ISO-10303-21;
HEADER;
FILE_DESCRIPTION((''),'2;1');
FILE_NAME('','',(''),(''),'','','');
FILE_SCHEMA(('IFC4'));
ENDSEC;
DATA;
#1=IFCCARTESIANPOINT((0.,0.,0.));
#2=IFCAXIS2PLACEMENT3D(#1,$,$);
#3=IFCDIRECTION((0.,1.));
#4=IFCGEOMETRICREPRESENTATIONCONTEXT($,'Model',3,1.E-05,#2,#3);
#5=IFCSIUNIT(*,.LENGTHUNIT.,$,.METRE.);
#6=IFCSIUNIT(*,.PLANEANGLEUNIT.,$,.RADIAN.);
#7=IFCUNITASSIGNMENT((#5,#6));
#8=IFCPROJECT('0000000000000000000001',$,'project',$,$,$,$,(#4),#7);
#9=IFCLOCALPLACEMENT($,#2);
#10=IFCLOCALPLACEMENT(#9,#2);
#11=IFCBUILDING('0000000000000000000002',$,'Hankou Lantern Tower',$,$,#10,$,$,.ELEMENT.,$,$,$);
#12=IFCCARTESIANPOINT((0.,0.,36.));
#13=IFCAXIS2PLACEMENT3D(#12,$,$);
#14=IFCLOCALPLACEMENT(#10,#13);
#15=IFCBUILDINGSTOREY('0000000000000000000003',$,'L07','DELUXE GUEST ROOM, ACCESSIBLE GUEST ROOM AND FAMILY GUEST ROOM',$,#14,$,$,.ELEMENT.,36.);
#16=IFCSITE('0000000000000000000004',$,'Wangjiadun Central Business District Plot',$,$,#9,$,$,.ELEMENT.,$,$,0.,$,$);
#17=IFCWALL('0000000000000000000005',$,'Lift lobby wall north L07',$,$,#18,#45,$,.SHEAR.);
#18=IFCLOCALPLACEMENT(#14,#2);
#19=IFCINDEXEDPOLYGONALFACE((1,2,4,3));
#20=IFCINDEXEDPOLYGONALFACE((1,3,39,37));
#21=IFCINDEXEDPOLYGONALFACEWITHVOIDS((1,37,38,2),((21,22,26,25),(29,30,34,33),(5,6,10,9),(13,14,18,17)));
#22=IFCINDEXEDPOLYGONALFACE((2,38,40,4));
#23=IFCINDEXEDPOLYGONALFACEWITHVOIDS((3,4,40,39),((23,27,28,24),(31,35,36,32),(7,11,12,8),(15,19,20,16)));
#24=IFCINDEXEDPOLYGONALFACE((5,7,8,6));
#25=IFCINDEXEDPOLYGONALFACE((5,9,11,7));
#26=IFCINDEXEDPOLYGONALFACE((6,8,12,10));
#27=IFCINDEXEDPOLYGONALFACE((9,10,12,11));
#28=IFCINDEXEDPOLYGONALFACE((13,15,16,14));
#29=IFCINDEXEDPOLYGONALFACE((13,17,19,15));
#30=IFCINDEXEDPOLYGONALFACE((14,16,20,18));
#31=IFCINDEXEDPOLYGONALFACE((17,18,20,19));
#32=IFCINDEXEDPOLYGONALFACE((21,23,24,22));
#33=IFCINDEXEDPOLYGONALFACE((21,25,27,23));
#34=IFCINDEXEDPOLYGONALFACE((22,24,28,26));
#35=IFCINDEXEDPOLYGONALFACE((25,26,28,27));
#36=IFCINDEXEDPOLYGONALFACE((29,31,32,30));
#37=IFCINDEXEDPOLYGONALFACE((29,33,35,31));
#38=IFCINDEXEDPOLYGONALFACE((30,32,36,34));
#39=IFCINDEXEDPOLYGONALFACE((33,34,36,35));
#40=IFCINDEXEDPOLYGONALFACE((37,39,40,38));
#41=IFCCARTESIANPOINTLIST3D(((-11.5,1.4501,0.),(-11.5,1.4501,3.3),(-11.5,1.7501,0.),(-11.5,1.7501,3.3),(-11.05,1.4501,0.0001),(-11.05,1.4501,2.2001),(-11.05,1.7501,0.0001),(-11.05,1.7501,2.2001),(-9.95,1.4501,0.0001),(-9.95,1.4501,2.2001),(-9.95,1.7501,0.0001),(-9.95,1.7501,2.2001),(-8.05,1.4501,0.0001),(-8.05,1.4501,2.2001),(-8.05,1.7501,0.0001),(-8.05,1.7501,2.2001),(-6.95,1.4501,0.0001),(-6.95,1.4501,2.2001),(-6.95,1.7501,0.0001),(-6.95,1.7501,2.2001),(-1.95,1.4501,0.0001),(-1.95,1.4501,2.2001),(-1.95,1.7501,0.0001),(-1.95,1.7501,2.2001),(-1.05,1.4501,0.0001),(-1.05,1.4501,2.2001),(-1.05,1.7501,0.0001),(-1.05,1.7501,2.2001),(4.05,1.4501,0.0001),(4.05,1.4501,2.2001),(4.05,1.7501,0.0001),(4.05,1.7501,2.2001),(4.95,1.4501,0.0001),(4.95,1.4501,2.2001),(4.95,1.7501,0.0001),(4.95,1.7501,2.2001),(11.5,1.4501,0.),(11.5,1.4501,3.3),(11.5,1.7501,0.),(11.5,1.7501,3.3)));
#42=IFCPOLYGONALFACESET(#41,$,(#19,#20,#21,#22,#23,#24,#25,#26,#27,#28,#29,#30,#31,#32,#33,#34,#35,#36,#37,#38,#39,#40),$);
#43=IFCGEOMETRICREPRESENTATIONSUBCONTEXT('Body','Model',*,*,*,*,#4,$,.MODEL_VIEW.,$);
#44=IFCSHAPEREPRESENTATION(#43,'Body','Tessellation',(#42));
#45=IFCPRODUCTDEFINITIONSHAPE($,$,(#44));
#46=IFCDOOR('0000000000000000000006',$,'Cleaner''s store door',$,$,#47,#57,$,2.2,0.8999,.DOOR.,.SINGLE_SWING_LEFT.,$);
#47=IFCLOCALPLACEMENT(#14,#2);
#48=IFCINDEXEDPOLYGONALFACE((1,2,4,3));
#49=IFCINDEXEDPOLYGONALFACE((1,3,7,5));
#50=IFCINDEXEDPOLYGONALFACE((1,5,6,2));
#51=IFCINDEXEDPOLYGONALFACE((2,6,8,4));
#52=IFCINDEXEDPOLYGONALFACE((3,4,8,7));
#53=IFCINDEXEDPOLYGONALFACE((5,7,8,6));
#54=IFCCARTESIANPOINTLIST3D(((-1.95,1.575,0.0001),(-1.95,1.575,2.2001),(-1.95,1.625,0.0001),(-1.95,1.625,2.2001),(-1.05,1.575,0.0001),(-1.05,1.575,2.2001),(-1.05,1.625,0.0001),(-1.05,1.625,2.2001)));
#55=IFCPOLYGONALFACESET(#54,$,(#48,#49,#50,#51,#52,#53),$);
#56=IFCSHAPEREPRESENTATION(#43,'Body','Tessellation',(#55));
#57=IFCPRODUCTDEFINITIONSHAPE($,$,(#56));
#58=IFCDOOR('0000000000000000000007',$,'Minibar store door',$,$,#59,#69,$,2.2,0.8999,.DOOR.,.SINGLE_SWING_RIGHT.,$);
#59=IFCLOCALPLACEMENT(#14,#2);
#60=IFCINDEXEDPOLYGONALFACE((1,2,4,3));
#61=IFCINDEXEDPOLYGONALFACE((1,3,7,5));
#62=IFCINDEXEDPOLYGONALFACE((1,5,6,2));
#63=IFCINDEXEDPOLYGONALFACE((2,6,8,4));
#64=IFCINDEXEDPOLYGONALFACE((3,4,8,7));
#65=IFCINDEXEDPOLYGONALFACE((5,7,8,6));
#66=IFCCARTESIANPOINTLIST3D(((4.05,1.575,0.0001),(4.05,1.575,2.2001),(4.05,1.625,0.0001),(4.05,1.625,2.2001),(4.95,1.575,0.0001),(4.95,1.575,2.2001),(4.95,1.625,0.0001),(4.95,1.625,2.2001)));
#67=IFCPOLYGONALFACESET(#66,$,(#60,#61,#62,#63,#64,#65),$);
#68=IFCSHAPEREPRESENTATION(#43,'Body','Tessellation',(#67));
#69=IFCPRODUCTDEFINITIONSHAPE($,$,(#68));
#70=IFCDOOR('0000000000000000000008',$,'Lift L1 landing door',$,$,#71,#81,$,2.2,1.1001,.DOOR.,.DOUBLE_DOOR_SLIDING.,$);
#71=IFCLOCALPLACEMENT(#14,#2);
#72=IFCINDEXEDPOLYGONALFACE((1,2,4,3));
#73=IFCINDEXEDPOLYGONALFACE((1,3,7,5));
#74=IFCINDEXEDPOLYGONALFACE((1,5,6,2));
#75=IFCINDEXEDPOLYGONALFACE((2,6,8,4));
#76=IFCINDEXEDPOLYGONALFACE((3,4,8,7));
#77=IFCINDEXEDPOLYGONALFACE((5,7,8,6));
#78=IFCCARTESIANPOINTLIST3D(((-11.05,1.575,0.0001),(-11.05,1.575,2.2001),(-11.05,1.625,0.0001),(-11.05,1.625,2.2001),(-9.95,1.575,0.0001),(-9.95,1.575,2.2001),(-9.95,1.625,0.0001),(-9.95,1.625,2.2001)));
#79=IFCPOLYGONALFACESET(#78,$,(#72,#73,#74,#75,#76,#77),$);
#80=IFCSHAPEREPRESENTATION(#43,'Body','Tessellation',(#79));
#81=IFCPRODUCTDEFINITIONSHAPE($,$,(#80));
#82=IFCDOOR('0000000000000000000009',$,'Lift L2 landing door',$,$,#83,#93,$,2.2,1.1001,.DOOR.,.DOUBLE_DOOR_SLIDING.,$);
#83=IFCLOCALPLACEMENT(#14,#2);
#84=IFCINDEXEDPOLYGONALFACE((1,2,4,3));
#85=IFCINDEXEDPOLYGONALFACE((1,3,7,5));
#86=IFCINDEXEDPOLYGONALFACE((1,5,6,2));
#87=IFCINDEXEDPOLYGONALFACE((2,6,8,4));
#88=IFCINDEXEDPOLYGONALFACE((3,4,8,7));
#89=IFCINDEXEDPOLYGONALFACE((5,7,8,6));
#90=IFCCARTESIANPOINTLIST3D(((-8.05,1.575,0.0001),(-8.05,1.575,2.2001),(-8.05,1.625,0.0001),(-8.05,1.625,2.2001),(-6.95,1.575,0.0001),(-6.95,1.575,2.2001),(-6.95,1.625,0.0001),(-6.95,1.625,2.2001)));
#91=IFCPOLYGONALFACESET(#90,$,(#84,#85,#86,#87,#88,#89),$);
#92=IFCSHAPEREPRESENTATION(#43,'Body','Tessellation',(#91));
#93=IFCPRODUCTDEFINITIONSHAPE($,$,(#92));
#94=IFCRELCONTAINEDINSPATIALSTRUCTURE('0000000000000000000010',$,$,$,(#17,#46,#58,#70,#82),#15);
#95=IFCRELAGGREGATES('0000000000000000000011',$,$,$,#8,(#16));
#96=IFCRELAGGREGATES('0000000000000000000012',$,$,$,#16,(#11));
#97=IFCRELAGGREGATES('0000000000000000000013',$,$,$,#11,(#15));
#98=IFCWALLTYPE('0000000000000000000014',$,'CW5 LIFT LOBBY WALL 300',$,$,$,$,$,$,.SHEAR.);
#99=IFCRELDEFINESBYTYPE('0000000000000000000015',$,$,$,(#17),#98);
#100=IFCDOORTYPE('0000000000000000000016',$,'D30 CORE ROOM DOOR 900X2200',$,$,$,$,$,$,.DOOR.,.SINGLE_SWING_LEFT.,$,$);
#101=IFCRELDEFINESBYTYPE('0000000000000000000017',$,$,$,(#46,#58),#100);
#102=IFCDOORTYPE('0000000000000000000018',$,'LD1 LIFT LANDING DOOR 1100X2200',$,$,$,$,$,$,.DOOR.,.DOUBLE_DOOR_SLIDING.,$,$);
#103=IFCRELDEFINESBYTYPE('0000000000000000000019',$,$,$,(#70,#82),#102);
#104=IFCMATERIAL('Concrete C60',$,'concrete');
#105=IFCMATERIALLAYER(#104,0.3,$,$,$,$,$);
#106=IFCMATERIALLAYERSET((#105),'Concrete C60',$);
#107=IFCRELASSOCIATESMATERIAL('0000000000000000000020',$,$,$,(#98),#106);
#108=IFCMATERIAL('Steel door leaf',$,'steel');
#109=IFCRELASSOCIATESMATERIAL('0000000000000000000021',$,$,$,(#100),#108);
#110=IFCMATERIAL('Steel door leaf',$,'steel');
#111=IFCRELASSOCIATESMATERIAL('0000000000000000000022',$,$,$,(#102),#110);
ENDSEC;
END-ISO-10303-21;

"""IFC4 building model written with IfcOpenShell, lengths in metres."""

from ifc_helpers import new_model, si_unit, direction, frame, frame_2d, origin, place, context, subcontext, project, spatial, rectangle, extrude, material, layer, layer_set, type_object, element, fill, save


model = new_model("IFC4")

# Units and contexts
model_context = context("Model", 3, precision=1e-05, world=origin(), true_north=direction((0.0, 1.0)))
body_context = subcontext(model_context, "Body", "Model", "MODEL_VIEW")
ifc_project = project(units=[si_unit("LENGTHUNIT", "METRE"), si_unit("PLANEANGLEUNIT", "RADIAN")], contexts=[model_context])

# Site, building, storey
site_placement = place(None, origin())
site = spatial("IfcSite", under=ifc_project, at=site_placement, Name="Wangjiadun Central Business District Plot", CompositionType="ELEMENT", RefElevation=0.0)
building_placement = place(site_placement, origin())
building = spatial("IfcBuilding", under=site, at=building_placement, Name="Hankou Lantern Tower", CompositionType="ELEMENT")
storey_placement = place(building_placement, frame((0.0, 0.0, 36.0)))
storey = spatial("IfcBuildingStorey", under=building, at=storey_placement, Name="L07", Description="DELUXE GUEST ROOM, ACCESSIBLE GUEST ROOM AND FAMILY GUEST ROOM", CompositionType="ELEMENT", Elevation=36.0)

# Wall, openings, doors
ifc_material_1 = material(Name="Concrete C60", Category="concrete")
ifc_layer_1 = layer(ifc_material_1, 0.3)
ifc_layer_set_1 = layer_set([ifc_layer_1], Name="Concrete C60")
wall_type_1 = type_object("IfcWallType", Name="CW5 LIFT LOBBY WALL 300", PredefinedType="SHEAR", material=ifc_layer_set_1)
wall_1_placement = place(storey_placement, frame((-11.5, 1.6001, 0.0), z_axis=(0.0, 0.0, 1.0), x_axis=(1.0, 0.0, 0.0)))
wall_1 = element("IfcWall", 1, at=wall_1_placement, inside=storey, type_object=wall_type_1, Name="Lift lobby wall north L07", PredefinedType="SHEAR", context=body_context, shape_type="SweptSolid", body=[
    extrude(rectangle(XDim=23.0, YDim=0.3, at=frame_2d((11.5, 0.0))), origin(), (0.0, 0.0, 1.0), 3.3),
])
opening_1_placement = place(wall_1_placement, frame((0.45, 0.0, 0.0)))
opening_1 = element("IfcOpeningElement", 2, at=opening_1_placement, cuts=wall_1, PredefinedType="OPENING", context=body_context, shape_type="SweptSolid", body=[
    extrude(rectangle(XDim=1.1001, YDim=2.2, at=frame_2d((0.55, 1.1001))), frame((0.0, 0.1599, 0.0), z_axis=(0.0, -1.0, 0.0), x_axis=(1.0, 0.0, 0.0)), (0.0, 0.0, 1.0), 0.3201),
])
opening_2_placement = place(wall_1_placement, frame((3.45, 0.0, 0.0)))
opening_2 = element("IfcOpeningElement", 3, at=opening_2_placement, cuts=wall_1, PredefinedType="OPENING", context=body_context, shape_type="SweptSolid", body=[
    extrude(rectangle(XDim=1.1001, YDim=2.2, at=frame_2d((0.55, 1.1001))), frame((0.0, 0.1599, 0.0), z_axis=(0.0, -1.0, 0.0), x_axis=(1.0, 0.0, 0.0)), (0.0, 0.0, 1.0), 0.3201),
])
opening_3_placement = place(wall_1_placement, frame((9.55, 0.0, 0.0)))
opening_3 = element("IfcOpeningElement", 4, at=opening_3_placement, cuts=wall_1, PredefinedType="OPENING", context=body_context, shape_type="SweptSolid", body=[
    extrude(rectangle(XDim=0.8999, YDim=2.2, at=frame_2d((0.45, 1.1001))), frame((0.0, 0.1599, 0.0), z_axis=(0.0, -1.0, 0.0), x_axis=(1.0, 0.0, 0.0)), (0.0, 0.0, 1.0), 0.3201),
])
opening_4_placement = place(wall_1_placement, frame((15.55, 0.0, 0.0)))
opening_4 = element("IfcOpeningElement", 5, at=opening_4_placement, cuts=wall_1, PredefinedType="OPENING", context=body_context, shape_type="SweptSolid", body=[
    extrude(rectangle(XDim=0.8999, YDim=2.2, at=frame_2d((0.45, 1.1001))), frame((0.0, 0.1599, 0.0), z_axis=(0.0, -1.0, 0.0), x_axis=(1.0, 0.0, 0.0)), (0.0, 0.0, 1.0), 0.3201),
])
ifc_material_2 = material(Name="Steel door leaf", Category="steel")
door_type_1 = type_object("IfcDoorType", Name="D30 CORE ROOM DOOR 900X2200", OperationType="SINGLE_SWING_LEFT", PredefinedType="DOOR", material=ifc_material_2)
door_1_placement = place(opening_3_placement, origin())
door_1 = element("IfcDoor", 6, at=door_1_placement, inside=storey, type_object=door_type_1, Name="Cleaner's store door", OperationType="SINGLE_SWING_LEFT", OverallHeight=2.2, OverallWidth=0.8999, PredefinedType="DOOR", context=body_context, shape_type="SweptSolid", body=[
    extrude(rectangle(XDim=0.8999, YDim=2.2, at=frame_2d((0.45, 1.1001))), frame((0.0, 0.0249, 0.0), z_axis=(0.0, -1.0, 0.0), x_axis=(1.0, 0.0, 0.0)), (0.0, 0.0, 1.0), 0.05),
])
fill(opening_3, door_1)
door_2_placement = place(opening_4_placement, origin())
door_2 = element("IfcDoor", 7, at=door_2_placement, inside=storey, type_object=door_type_1, Name="Minibar store door", OperationType="SINGLE_SWING_RIGHT", OverallHeight=2.2, OverallWidth=0.8999, PredefinedType="DOOR", context=body_context, shape_type="SweptSolid", body=[
    extrude(rectangle(XDim=0.8999, YDim=2.2, at=frame_2d((0.45, 1.1001))), frame((0.0, 0.0249, 0.0), z_axis=(0.0, -1.0, 0.0), x_axis=(1.0, 0.0, 0.0)), (0.0, 0.0, 1.0), 0.05),
])
fill(opening_4, door_2)
ifc_material_3 = material(Name="Steel door leaf", Category="steel")
door_type_2 = type_object("IfcDoorType", Name="LD1 LIFT LANDING DOOR 1100X2200", OperationType="DOUBLE_DOOR_SLIDING", PredefinedType="DOOR", material=ifc_material_3)
door_3_placement = place(opening_1_placement, origin())
door_3 = element("IfcDoor", 8, at=door_3_placement, inside=storey, type_object=door_type_2, Name="Lift L1 landing door", OperationType="DOUBLE_DOOR_SLIDING", OverallHeight=2.2, OverallWidth=1.1001, PredefinedType="DOOR", context=body_context, shape_type="SweptSolid", body=[
    extrude(rectangle(XDim=1.1001, YDim=2.2, at=frame_2d((0.55, 1.1001))), frame((0.0, 0.0249, 0.0), z_axis=(0.0, -1.0, 0.0), x_axis=(1.0, 0.0, 0.0)), (0.0, 0.0, 1.0), 0.05),
])
fill(opening_1, door_3)
door_4_placement = place(opening_2_placement, origin())
door_4 = element("IfcDoor", 9, at=door_4_placement, inside=storey, type_object=door_type_2, Name="Lift L2 landing door", OperationType="DOUBLE_DOOR_SLIDING", OverallHeight=2.2, OverallWidth=1.1001, PredefinedType="DOOR", context=body_context, shape_type="SweptSolid", body=[
    extrude(rectangle(XDim=1.1001, YDim=2.2, at=frame_2d((0.55, 1.1001))), frame((0.0, 0.0249, 0.0), z_axis=(0.0, -1.0, 0.0), x_axis=(1.0, 0.0, 0.0)), (0.0, 0.0, 1.0), 0.05),
])
fill(opening_2, door_4)

save(model, "model.ifc")
